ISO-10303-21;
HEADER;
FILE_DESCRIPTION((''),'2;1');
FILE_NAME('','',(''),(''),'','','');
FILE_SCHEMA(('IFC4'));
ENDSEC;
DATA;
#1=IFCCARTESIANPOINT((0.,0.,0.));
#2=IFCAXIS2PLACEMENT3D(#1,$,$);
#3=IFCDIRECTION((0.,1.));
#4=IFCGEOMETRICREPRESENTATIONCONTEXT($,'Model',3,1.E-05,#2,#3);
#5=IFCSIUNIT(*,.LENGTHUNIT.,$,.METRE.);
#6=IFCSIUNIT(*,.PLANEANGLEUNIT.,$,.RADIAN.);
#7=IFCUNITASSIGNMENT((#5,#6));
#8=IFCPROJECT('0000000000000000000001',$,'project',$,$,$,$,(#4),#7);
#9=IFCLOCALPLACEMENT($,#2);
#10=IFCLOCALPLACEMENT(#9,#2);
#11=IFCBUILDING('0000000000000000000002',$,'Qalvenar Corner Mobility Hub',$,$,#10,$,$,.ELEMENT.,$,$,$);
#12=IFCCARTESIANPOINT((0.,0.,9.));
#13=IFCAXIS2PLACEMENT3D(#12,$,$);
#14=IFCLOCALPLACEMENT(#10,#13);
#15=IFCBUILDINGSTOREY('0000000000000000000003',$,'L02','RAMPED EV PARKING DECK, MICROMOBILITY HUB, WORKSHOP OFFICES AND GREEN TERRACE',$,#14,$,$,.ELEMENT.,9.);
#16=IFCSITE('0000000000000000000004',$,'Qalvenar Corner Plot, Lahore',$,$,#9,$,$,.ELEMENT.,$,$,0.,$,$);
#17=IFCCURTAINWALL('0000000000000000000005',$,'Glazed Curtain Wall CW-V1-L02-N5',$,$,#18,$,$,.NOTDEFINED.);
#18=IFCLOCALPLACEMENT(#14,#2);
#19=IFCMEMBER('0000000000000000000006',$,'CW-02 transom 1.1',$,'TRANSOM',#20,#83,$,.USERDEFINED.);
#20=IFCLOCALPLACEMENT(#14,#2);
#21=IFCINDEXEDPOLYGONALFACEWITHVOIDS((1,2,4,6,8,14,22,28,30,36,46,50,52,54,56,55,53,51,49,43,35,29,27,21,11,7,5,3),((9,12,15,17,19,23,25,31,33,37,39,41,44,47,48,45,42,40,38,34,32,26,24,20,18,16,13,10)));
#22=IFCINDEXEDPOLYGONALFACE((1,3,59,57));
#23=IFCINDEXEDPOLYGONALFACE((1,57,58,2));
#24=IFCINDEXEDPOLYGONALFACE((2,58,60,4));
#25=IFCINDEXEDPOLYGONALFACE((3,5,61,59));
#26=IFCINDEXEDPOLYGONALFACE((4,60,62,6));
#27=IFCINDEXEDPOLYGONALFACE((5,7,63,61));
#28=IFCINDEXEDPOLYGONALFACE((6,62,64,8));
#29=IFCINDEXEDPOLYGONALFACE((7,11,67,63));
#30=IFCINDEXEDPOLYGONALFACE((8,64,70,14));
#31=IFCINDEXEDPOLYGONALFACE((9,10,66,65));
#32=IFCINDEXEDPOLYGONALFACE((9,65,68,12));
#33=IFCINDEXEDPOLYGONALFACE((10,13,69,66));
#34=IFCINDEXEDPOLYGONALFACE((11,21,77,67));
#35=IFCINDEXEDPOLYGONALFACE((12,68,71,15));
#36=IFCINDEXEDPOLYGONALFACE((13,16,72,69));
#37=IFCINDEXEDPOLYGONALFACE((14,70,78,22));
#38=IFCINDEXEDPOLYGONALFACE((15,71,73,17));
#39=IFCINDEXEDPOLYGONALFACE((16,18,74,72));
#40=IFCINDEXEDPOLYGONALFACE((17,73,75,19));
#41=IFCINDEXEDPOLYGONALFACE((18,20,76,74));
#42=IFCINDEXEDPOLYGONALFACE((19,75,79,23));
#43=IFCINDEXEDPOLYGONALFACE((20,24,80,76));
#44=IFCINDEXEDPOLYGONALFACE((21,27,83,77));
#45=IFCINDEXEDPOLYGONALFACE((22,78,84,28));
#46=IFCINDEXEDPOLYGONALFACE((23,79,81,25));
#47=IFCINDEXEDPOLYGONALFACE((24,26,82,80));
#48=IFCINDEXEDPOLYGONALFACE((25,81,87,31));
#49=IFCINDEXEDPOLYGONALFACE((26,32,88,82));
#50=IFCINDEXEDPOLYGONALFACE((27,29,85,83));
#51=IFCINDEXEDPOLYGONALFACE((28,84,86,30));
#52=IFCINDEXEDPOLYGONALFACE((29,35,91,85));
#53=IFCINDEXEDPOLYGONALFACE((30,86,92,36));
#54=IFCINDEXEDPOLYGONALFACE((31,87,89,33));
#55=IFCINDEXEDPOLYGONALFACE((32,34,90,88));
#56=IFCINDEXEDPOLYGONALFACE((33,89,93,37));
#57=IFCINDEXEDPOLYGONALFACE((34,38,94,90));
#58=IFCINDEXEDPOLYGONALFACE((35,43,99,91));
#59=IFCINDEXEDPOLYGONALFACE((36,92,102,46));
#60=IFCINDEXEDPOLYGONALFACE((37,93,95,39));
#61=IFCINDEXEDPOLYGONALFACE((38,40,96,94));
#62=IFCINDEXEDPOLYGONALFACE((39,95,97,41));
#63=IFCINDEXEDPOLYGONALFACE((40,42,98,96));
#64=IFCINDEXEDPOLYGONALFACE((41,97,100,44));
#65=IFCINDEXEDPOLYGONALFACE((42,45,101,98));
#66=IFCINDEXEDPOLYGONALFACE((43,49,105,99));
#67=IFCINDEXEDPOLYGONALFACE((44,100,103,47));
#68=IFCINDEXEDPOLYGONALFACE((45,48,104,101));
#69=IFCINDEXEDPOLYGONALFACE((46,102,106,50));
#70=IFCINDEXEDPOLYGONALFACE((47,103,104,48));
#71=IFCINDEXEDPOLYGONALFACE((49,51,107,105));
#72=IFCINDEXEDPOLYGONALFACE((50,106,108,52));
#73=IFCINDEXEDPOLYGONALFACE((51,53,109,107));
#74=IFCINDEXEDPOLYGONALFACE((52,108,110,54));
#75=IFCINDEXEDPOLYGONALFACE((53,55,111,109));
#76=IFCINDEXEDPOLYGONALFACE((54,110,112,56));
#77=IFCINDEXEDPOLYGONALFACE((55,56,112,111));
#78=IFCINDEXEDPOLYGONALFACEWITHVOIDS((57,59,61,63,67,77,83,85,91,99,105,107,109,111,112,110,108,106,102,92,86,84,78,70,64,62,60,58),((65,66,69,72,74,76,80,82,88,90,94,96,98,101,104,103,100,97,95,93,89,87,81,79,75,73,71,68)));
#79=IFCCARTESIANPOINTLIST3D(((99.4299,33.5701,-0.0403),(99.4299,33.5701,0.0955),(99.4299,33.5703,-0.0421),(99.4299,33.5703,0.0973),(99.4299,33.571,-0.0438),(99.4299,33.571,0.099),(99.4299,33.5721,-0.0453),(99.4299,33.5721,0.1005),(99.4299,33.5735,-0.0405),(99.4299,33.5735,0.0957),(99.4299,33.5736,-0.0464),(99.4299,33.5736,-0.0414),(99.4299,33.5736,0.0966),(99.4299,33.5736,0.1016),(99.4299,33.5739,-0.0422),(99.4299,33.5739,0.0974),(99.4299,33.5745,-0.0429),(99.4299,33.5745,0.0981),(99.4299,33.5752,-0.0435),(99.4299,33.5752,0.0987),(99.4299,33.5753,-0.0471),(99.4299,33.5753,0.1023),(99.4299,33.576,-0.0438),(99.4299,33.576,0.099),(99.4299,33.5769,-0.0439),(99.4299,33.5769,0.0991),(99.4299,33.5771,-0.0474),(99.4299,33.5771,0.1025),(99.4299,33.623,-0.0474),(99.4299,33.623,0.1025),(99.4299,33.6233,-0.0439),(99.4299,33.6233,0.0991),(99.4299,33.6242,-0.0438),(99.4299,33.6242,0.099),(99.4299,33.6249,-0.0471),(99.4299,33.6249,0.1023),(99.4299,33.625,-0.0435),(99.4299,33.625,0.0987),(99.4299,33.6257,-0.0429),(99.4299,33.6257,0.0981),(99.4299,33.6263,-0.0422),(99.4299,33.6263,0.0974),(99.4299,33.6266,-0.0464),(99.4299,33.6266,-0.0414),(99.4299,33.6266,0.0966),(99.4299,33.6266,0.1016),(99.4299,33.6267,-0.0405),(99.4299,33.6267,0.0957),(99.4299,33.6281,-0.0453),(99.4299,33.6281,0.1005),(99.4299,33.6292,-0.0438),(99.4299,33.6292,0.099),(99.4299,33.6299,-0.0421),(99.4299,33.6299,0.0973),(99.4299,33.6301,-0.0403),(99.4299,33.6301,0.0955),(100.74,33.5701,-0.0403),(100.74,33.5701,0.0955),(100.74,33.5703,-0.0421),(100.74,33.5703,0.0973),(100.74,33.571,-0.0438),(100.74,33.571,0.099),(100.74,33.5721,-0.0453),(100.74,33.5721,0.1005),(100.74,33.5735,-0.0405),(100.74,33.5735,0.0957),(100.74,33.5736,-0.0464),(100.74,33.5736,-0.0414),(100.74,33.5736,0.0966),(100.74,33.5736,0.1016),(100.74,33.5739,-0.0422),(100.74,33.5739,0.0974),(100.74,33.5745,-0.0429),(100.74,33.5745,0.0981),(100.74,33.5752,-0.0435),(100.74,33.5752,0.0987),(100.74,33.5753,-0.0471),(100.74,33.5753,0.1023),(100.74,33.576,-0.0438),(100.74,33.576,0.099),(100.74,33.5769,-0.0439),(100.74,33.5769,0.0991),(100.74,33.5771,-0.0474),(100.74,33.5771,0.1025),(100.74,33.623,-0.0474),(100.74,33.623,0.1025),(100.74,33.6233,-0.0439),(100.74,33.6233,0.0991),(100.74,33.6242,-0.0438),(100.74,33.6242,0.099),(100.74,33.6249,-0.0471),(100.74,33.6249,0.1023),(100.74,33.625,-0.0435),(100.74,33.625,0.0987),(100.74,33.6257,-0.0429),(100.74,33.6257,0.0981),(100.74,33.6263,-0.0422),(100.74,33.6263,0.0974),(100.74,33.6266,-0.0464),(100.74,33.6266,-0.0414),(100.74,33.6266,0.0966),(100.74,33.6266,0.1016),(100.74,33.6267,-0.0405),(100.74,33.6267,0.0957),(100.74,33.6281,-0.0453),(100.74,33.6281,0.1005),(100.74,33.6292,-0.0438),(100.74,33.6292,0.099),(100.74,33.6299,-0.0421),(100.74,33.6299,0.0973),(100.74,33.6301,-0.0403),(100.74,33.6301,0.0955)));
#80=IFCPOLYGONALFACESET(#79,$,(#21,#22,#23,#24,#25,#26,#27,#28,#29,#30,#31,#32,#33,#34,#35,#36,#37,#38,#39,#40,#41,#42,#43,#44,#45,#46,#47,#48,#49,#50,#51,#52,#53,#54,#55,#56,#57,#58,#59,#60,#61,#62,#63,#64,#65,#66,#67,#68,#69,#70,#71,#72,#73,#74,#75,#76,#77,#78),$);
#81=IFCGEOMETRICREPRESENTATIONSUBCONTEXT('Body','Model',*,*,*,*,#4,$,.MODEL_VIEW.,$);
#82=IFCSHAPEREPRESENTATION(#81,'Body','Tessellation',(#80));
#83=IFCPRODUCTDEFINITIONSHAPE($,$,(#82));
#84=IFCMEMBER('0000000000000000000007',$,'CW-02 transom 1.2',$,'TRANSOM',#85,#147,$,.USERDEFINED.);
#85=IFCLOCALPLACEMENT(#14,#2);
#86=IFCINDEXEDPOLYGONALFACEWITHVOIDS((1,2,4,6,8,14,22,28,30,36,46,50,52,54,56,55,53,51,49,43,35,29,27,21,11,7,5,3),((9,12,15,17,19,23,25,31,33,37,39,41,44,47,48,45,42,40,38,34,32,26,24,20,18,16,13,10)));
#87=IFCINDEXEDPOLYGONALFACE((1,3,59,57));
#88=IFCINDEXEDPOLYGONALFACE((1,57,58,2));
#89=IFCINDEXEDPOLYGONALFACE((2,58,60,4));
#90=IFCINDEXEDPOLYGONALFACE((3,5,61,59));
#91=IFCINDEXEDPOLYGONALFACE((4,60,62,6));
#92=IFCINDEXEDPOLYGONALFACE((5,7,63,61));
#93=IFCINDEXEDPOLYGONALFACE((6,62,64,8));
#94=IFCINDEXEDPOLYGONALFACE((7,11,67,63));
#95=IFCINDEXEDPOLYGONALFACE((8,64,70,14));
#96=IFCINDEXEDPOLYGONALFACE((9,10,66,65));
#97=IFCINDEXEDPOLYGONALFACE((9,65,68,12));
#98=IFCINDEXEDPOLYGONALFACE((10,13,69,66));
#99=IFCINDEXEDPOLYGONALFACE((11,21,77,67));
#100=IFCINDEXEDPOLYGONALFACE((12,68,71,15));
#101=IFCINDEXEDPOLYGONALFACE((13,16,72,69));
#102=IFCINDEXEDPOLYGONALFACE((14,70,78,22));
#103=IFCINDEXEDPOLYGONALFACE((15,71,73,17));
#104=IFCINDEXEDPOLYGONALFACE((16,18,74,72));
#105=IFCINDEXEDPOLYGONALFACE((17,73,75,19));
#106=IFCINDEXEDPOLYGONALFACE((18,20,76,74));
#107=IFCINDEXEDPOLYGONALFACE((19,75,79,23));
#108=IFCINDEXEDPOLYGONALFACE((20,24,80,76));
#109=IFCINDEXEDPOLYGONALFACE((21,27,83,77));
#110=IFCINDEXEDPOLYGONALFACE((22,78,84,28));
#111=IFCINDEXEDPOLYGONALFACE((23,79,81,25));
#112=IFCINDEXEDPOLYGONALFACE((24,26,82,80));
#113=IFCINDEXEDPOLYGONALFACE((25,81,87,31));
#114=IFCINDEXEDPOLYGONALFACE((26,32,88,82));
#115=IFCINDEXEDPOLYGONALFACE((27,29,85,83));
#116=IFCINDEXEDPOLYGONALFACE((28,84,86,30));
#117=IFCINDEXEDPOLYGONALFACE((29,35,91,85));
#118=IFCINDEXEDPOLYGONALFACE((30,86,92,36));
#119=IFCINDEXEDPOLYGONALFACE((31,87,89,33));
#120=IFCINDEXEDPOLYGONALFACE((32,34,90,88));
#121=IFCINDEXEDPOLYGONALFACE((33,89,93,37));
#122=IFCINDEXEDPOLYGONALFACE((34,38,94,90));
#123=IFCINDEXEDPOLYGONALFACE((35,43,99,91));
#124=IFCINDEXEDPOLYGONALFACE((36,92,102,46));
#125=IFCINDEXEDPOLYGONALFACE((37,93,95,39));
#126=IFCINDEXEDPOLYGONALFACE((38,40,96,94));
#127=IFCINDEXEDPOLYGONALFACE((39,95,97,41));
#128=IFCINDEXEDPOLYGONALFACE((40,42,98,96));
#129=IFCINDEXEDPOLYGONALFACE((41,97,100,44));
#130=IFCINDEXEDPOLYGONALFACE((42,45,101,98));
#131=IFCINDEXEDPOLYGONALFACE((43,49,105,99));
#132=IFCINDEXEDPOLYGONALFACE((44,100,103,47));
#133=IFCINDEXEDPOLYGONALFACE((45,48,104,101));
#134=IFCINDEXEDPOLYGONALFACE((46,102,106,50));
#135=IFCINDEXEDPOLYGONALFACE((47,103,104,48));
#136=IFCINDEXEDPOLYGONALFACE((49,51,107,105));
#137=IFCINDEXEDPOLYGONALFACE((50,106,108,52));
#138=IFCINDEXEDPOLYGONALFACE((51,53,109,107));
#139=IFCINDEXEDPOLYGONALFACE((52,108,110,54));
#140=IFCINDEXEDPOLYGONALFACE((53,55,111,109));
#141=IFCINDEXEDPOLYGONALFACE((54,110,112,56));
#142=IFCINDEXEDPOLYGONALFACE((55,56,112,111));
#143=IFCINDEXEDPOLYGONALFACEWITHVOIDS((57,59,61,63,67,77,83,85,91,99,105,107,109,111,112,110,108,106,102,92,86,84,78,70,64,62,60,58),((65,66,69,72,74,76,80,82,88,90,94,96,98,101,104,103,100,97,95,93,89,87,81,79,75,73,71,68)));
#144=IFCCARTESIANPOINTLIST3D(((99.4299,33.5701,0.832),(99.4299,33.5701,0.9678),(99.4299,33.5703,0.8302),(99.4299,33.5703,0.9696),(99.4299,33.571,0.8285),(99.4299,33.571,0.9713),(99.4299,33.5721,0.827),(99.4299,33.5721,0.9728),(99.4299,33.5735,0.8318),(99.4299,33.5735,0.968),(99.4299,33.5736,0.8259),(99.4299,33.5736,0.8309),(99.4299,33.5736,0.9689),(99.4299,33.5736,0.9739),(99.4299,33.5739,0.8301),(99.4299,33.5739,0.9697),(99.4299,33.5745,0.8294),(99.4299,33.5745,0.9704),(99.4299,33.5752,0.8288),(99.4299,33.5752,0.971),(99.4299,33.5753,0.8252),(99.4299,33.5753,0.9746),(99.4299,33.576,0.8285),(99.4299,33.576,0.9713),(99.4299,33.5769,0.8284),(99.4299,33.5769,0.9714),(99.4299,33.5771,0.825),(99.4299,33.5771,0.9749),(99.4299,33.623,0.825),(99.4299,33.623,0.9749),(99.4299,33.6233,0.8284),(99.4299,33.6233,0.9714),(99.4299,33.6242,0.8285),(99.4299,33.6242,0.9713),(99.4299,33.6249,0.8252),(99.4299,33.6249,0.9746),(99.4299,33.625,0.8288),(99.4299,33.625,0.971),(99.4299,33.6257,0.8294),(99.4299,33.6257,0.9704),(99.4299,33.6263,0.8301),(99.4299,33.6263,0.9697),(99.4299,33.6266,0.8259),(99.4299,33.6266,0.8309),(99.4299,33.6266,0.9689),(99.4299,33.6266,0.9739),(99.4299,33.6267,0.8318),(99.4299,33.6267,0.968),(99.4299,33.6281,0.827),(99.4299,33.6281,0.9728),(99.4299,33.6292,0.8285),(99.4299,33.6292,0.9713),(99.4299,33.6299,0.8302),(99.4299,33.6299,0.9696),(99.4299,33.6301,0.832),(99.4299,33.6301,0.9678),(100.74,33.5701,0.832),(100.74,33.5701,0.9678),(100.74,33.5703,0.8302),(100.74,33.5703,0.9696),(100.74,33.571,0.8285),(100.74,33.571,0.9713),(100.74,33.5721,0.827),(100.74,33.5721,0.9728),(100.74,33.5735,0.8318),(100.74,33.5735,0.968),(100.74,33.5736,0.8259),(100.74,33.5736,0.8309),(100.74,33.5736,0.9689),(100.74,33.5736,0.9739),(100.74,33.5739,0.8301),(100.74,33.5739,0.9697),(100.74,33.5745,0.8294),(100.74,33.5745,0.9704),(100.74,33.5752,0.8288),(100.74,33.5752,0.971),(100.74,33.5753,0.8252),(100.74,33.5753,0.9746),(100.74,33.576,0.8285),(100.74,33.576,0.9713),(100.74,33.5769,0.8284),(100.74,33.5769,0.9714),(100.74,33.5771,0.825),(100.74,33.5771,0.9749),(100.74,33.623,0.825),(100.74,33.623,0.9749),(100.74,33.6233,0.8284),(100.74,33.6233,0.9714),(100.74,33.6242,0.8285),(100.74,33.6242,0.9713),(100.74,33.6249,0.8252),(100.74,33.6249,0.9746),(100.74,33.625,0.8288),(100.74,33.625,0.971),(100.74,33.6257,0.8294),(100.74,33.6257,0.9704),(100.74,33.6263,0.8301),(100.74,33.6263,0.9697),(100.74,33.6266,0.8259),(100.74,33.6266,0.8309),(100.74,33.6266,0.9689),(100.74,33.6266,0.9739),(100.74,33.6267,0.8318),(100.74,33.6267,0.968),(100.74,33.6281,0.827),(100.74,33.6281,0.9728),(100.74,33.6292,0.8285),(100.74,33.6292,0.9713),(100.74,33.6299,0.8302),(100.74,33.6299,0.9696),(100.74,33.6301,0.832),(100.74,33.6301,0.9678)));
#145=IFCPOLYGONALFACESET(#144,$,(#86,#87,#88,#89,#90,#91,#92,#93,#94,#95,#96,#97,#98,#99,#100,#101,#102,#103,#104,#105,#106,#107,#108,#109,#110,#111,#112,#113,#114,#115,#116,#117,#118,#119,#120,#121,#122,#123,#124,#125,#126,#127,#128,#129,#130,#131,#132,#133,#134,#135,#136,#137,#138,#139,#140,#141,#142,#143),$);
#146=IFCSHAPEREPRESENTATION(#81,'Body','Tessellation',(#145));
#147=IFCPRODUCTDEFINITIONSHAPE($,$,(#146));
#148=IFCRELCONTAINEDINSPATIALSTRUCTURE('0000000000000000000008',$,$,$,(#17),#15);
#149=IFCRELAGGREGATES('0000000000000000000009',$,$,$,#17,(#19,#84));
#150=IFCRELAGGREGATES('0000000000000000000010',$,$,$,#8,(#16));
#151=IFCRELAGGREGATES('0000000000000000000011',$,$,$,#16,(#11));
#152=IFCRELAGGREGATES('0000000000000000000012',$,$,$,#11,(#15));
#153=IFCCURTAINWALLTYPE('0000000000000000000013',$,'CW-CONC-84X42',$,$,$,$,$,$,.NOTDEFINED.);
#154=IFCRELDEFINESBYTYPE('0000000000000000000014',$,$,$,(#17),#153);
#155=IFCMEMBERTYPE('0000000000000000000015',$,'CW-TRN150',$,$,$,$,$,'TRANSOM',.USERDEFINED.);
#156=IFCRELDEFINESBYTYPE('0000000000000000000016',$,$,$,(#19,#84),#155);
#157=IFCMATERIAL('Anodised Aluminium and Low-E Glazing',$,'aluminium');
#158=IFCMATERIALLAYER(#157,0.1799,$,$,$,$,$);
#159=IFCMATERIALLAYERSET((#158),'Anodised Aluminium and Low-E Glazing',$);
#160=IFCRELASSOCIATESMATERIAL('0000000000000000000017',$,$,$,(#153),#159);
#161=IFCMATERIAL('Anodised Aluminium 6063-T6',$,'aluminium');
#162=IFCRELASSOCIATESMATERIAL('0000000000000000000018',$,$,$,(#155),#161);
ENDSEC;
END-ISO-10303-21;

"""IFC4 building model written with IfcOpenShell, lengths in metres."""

from ifc_helpers import new_model, si_unit, direction, frame, origin, origin_2d, place, context, subcontext, project, spatial, hollow_rectangle, extrude, material, layer, layer_set, material_profile, profile_set, type_object, element, aggregate, save


model = new_model("IFC4")

# Units and contexts
model_context = context("Model", 3, precision=1e-05, world=origin(), true_north=direction((0.0, 1.0)))
body_context = subcontext(model_context, "Body", "Model", "MODEL_VIEW")
ifc_project = project(units=[si_unit("LENGTHUNIT", "METRE"), si_unit("PLANEANGLEUNIT", "RADIAN")], contexts=[model_context])

# Site, building, storey
site_placement = place(None, origin())
site = spatial("IfcSite", under=ifc_project, at=site_placement, Name="Qalvenar Corner Plot, Lahore", CompositionType="ELEMENT", RefElevation=0.0)
building_placement = place(site_placement, origin())
building = spatial("IfcBuilding", under=site, at=building_placement, Name="Qalvenar Corner Mobility Hub", CompositionType="ELEMENT")
storey_placement = place(building_placement, frame((0.0, 0.0, 9.0)))
storey = spatial("IfcBuildingStorey", under=building, at=storey_placement, Name="L02", Description="RAMPED EV PARKING DECK, MICROMOBILITY HUB, WORKSHOP OFFICES AND GREEN TERRACE", CompositionType="ELEMENT", Elevation=9.0)

# Curtain wall
ifc_material_1 = material(Name="Anodised Aluminium and Low-E Glazing", Category="aluminium")
ifc_layer_1 = layer(ifc_material_1, 0.1799)
ifc_layer_set_1 = layer_set([ifc_layer_1], Name="Anodised Aluminium and Low-E Glazing")
curtain_wall_type = type_object("IfcCurtainWallType", Name="CW-CONC-84X42", PredefinedType="NOTDEFINED", material=ifc_layer_set_1)
curtain_wall_1_placement = place(storey_placement, origin())
curtain_wall_1 = element("IfcCurtainWall", 1, at=curtain_wall_1_placement, inside=storey, type_object=curtain_wall_type, Name="Glazed Curtain Wall CW-V1-L02-N5", PredefinedType="NOTDEFINED")
ifc_material_2 = material(Name="Anodised Aluminium 6063-T6", Category="aluminium")

# Members
ifc_material_profile_1 = material_profile(ifc_material_2, hollow_rectangle(XDim=0.0601, YDim=0.1499, WallThickness=0.0034, InnerFilletRadius=0.0034, OuterFilletRadius=0.0071, at=origin_2d()), Name="RHS150x60x3.5")
ifc_profile_set_1 = profile_set([ifc_material_profile_1], Name="Anodised Aluminium 6063-T6")
member_type_1 = type_object("IfcMemberType", Name="CW-TRN150", ElementType="TRANSOM", PredefinedType="USERDEFINED", material=ifc_profile_set_1)
member_1_placement = place(storey_placement, frame((100.74, 33.6001, 0.0276), z_axis=(-1.0, 0.0, 0.0), x_axis=(0.0, -1.0, 0.0)))
member_1 = element("IfcMember", 2, at=member_1_placement, type_object=member_type_1, Name="CW-02 transom 1.1", ObjectType="TRANSOM", PredefinedType="USERDEFINED", context=body_context, shape_type="SweptSolid", body=[
    extrude(hollow_rectangle(XDim=0.0601, YDim=0.1499, WallThickness=0.0034, InnerFilletRadius=0.0034, OuterFilletRadius=0.0071, at=origin_2d()), origin(), (0.0, 0.0, 1.0), 1.3101),
])
member_2_placement = place(storey_placement, frame((100.74, 33.6001, 0.8999), z_axis=(-1.0, 0.0, 0.0), x_axis=(0.0, -1.0, 0.0)))
member_2 = element("IfcMember", 3, at=member_2_placement, type_object=member_type_1, Name="CW-02 transom 1.2", ObjectType="TRANSOM", PredefinedType="USERDEFINED", context=body_context, shape_type="SweptSolid", body=[
    extrude(hollow_rectangle(XDim=0.0601, YDim=0.1499, WallThickness=0.0034, InnerFilletRadius=0.0034, OuterFilletRadius=0.0071, at=origin_2d()), origin(), (0.0, 0.0, 1.0), 1.3101),
])

aggregate(curtain_wall_1, [member_1, member_2])

save(model, "model.ifc")
